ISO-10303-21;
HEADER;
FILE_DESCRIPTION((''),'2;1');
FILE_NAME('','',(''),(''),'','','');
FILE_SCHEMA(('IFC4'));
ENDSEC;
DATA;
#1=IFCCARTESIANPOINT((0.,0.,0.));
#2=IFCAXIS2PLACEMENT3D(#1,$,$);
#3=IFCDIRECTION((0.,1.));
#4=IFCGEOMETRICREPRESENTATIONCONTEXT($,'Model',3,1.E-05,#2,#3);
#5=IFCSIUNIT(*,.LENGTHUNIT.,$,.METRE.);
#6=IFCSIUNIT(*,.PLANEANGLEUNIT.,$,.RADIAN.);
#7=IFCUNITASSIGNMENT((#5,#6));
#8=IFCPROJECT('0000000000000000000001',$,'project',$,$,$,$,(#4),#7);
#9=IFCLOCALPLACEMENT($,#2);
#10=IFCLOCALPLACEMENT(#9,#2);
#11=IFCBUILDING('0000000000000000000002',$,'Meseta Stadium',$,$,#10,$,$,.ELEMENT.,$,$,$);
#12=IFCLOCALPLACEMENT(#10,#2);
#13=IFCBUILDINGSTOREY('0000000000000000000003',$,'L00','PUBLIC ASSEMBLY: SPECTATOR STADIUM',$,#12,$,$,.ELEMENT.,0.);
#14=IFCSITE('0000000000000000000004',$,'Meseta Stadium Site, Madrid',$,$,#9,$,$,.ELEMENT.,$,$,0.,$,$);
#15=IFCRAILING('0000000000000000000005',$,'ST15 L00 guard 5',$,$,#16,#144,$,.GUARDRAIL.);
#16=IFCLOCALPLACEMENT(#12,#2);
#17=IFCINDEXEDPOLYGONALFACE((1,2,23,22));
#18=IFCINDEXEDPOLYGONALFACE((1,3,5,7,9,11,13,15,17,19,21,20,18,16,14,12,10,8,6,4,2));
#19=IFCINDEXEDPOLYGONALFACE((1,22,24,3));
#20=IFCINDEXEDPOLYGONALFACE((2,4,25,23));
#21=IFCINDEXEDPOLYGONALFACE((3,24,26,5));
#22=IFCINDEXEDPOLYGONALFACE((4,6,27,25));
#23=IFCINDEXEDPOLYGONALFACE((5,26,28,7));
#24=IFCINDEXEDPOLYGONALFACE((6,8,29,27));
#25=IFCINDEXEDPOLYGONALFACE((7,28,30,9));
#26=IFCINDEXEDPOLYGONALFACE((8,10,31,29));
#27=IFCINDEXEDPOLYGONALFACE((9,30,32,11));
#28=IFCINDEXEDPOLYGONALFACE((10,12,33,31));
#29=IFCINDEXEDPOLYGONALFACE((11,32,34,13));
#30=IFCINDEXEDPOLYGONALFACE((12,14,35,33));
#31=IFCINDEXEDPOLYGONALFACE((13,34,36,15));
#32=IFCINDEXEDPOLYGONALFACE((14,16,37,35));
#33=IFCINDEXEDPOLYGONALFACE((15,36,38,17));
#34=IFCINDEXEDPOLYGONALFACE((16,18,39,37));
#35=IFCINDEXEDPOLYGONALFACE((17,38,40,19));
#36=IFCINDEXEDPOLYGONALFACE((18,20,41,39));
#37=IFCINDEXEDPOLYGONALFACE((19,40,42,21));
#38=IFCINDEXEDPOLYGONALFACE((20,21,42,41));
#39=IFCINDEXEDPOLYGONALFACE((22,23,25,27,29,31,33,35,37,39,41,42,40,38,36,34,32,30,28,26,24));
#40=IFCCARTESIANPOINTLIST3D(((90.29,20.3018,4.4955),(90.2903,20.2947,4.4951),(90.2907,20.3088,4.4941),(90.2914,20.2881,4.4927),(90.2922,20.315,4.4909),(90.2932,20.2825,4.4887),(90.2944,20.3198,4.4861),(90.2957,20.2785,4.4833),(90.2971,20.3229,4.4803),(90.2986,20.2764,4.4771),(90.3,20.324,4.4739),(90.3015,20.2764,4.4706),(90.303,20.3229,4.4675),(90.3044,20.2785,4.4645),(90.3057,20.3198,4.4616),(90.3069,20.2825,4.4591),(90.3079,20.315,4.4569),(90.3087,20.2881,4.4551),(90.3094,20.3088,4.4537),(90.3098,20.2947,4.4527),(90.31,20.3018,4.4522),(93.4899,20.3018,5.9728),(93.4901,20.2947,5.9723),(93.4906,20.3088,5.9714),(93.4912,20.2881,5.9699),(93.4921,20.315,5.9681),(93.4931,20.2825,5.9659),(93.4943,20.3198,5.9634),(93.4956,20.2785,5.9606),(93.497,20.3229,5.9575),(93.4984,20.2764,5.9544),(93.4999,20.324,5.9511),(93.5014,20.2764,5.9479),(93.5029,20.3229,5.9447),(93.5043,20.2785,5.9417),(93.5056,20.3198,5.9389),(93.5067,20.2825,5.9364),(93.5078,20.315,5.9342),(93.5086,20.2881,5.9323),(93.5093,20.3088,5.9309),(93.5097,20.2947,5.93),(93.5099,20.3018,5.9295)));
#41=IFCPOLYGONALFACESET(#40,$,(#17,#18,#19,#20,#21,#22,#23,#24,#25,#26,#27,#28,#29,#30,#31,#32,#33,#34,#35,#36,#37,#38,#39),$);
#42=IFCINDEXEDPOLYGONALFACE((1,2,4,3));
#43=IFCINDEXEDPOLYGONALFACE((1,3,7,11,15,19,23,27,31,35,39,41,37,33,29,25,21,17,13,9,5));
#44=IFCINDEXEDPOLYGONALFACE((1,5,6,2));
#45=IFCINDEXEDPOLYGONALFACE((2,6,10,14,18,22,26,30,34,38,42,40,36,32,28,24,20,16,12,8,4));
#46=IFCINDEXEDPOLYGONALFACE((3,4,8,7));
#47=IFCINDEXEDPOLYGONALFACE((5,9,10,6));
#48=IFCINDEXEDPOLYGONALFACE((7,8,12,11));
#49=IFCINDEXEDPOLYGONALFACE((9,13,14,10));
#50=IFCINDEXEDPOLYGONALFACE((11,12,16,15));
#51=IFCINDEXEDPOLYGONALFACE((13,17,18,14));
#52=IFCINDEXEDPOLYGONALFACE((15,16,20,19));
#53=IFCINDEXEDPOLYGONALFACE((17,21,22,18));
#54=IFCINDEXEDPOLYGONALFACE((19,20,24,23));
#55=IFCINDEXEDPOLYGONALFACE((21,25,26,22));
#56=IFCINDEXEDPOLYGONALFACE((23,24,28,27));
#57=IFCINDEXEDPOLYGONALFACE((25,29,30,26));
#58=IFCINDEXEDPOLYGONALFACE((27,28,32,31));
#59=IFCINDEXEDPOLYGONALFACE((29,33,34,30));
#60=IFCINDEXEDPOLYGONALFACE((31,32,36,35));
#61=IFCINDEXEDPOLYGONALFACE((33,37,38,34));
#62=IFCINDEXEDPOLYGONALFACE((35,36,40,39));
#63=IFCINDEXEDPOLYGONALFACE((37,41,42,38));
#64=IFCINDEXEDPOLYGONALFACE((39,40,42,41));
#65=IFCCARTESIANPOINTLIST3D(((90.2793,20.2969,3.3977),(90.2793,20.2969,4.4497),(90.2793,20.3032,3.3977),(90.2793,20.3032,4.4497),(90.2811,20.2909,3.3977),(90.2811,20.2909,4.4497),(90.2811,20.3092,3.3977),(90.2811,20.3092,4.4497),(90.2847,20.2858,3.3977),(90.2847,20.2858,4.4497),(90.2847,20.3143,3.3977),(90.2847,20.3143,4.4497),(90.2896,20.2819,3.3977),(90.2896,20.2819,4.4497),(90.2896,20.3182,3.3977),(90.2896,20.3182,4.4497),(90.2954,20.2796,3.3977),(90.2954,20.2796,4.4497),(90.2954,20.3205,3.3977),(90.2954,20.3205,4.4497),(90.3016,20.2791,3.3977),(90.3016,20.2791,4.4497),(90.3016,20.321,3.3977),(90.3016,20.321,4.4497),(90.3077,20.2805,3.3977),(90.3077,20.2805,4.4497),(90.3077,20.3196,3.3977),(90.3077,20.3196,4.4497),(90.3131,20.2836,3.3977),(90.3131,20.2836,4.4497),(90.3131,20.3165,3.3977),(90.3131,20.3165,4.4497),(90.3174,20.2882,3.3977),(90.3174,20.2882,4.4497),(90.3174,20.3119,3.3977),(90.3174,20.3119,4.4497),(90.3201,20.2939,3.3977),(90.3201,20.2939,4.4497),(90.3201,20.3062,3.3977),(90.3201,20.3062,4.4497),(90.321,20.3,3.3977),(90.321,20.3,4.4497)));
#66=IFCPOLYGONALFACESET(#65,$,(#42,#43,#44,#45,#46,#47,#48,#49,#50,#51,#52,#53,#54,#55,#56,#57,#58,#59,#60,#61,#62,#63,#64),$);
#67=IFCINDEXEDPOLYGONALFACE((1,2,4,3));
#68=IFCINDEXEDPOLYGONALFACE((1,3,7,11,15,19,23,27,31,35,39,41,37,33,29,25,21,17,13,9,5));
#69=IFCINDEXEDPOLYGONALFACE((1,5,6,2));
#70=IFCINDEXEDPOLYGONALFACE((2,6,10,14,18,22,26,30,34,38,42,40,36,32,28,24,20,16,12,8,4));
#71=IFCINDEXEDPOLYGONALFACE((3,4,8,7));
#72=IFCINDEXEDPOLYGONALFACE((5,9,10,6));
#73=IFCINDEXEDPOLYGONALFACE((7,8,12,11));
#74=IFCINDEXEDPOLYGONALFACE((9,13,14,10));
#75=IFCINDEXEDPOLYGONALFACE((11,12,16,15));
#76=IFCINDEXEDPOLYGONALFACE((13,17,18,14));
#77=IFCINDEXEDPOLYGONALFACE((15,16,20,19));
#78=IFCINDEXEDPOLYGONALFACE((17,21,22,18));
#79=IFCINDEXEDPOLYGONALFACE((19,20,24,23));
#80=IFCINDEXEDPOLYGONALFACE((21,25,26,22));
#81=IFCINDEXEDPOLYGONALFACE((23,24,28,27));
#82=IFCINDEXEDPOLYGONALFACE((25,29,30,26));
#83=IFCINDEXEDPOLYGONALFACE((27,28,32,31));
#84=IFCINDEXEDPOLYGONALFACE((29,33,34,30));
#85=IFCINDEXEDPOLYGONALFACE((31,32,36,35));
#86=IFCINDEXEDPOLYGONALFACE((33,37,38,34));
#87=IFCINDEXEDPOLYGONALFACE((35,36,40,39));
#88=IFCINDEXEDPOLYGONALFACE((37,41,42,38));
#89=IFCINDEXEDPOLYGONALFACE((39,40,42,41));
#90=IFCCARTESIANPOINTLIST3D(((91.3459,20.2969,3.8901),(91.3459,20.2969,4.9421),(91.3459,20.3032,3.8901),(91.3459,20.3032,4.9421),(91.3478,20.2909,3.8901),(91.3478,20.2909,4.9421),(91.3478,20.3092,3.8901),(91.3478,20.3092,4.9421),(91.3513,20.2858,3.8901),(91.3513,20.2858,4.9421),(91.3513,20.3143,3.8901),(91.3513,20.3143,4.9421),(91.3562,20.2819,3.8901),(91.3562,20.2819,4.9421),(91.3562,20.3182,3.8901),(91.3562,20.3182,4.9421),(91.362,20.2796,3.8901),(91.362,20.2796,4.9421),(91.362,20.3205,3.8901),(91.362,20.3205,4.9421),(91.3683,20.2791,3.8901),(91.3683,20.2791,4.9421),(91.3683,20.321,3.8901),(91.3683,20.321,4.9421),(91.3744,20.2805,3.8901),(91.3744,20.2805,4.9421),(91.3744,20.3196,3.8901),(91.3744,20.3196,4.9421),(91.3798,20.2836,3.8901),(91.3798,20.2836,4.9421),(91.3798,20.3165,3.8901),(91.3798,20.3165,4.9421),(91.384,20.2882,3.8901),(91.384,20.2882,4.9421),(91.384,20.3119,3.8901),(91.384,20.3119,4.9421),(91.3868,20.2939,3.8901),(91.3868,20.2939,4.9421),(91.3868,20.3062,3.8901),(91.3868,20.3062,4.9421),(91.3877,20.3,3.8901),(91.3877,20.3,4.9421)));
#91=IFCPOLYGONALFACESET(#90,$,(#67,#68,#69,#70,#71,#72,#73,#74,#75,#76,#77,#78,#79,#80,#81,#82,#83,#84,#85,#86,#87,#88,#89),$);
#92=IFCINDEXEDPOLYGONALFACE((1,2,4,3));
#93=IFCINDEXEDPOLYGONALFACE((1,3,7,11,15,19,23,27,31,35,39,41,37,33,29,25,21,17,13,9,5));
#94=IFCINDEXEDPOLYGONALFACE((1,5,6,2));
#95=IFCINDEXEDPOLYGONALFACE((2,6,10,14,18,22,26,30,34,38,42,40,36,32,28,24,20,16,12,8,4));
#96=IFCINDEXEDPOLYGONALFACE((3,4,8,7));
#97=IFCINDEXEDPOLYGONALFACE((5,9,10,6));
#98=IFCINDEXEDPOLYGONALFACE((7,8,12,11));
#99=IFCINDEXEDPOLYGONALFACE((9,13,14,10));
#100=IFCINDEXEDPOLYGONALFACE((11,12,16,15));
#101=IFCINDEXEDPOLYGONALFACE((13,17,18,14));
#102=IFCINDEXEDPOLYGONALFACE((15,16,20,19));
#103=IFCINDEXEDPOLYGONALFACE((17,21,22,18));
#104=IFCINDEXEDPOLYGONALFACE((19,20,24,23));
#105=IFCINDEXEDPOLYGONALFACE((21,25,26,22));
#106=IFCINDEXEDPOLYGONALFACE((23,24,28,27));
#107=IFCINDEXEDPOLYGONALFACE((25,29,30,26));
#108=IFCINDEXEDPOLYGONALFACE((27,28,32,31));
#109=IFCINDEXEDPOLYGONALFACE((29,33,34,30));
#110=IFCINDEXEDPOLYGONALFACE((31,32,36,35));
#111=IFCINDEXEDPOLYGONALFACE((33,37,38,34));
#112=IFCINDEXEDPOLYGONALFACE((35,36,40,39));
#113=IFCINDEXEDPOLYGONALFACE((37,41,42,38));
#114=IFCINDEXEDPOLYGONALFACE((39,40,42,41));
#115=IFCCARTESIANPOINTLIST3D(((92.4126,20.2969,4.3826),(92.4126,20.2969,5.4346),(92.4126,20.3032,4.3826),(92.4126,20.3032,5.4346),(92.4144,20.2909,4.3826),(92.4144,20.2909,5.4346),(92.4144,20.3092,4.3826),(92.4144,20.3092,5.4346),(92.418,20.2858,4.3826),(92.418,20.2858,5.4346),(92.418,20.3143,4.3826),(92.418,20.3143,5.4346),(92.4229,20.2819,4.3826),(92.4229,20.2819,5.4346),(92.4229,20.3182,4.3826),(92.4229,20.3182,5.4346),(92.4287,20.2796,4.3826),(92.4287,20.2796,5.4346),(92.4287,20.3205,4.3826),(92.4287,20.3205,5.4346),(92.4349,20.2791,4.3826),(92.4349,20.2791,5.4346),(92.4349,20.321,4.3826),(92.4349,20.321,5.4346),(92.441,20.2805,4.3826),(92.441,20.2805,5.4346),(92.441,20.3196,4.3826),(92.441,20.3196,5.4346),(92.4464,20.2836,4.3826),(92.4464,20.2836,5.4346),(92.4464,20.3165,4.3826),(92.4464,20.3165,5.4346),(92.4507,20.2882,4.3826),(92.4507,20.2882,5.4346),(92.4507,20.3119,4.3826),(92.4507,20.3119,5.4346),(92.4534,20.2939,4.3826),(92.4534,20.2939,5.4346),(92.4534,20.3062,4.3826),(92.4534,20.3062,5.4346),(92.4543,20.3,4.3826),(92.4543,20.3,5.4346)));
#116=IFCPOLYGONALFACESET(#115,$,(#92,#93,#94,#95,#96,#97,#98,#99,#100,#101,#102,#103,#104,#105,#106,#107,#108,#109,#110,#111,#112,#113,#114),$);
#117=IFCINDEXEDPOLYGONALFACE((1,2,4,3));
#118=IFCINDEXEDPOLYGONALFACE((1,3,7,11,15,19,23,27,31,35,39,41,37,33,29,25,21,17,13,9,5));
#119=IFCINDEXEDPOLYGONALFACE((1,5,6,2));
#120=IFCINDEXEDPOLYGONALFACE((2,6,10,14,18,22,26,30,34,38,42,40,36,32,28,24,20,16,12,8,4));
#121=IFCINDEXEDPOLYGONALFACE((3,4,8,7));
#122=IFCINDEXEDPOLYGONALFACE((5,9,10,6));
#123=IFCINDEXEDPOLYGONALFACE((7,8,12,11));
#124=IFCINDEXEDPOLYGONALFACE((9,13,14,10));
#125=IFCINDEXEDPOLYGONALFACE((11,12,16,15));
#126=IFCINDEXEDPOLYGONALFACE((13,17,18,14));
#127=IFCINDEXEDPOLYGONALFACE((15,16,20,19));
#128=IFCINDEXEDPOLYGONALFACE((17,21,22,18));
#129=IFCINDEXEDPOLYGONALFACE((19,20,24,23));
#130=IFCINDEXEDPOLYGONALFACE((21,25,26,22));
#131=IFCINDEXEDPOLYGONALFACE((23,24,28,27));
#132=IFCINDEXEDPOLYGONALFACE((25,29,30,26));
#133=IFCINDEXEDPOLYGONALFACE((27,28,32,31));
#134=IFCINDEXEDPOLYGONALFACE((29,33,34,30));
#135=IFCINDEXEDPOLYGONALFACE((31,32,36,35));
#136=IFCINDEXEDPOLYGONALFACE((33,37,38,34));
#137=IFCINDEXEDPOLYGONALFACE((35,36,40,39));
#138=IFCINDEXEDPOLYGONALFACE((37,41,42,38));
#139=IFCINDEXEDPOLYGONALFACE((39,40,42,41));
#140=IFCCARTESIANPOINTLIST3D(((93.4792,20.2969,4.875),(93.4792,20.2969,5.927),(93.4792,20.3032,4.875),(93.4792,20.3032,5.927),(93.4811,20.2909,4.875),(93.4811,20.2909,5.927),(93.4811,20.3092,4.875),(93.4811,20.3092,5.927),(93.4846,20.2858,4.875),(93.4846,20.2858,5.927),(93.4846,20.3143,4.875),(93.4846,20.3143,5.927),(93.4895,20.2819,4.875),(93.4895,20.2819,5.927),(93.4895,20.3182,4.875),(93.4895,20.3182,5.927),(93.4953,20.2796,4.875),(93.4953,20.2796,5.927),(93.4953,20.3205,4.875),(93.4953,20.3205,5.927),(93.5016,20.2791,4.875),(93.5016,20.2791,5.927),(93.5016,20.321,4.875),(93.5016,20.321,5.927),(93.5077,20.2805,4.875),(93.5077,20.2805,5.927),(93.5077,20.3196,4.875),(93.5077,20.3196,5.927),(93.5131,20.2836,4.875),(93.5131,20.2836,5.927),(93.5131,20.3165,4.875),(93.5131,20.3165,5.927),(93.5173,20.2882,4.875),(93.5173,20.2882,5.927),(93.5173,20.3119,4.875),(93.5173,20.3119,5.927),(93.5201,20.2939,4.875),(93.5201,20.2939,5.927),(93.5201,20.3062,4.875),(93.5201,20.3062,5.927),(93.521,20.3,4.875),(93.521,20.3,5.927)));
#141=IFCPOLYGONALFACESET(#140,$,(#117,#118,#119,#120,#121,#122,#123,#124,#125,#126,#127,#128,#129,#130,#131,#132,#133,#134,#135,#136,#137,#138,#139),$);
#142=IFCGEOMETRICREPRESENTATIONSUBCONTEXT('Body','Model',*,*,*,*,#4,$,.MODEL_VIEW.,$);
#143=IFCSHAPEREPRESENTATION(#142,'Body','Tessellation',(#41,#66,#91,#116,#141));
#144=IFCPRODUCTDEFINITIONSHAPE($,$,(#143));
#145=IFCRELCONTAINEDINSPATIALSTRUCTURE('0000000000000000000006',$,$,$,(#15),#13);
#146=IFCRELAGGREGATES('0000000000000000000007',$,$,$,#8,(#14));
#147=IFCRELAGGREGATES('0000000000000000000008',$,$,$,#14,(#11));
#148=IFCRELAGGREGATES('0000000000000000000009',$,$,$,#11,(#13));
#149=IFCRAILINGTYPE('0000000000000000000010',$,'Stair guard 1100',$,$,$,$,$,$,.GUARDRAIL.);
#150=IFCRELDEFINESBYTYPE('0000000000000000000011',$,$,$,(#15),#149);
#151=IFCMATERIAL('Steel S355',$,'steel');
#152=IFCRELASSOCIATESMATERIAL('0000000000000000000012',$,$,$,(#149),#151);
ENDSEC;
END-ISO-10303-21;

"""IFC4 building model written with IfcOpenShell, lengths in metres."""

from ifc_helpers import new_model, si_unit, direction, frame, origin, origin_2d, place, context, subcontext, project, spatial, circle, extrude, material, type_object, element, save


model = new_model("IFC4")

# Units and contexts
model_context = context("Model", 3, precision=1e-05, world=origin(), true_north=direction((0.0, 1.0)))
body_context = subcontext(model_context, "Body", "Model", "MODEL_VIEW")
ifc_project = project(units=[si_unit("LENGTHUNIT", "METRE"), si_unit("PLANEANGLEUNIT", "RADIAN")], contexts=[model_context])

# Site, building, storey
site_placement = place(None, origin())
site = spatial("IfcSite", under=ifc_project, at=site_placement, Name="Meseta Stadium Site, Madrid", CompositionType="ELEMENT", RefElevation=0.0)
building_placement = place(site_placement, origin())
building = spatial("IfcBuilding", under=site, at=building_placement, Name="Meseta Stadium", CompositionType="ELEMENT")
storey_placement = place(building_placement, origin())
storey = spatial("IfcBuildingStorey", under=building, at=storey_placement, Name="L00", Description="PUBLIC ASSEMBLY: SPECTATOR STADIUM", CompositionType="ELEMENT", Elevation=0.0)

# Railing
ifc_material_1 = material(Name="Steel S355", Category="steel")
railing_type_1 = type_object("IfcRailingType", Name="Stair guard 1100", PredefinedType="GUARDRAIL", material=ifc_material_1)
railing_1_placement = place(storey_placement, frame((90.3, 20.3, 3.3977)))
element("IfcRailing", 1, at=railing_1_placement, inside=storey, type_object=railing_type_1, Name="ST15 L00 guard 5", PredefinedType="GUARDRAIL", context=body_context, shape_type="SweptSolid", body=[
    extrude(circle(Radius=0.0239, at=origin_2d()), frame((0.0, 0.0, 1.0762), z_axis=(0.907917, 0.0, 0.41915), x_axis=(0.0, 1.0, 0.0)), (0.0, 0.0, 1.0), 3.5244),
    extrude(circle(Radius=0.021, at=origin_2d()), origin(), (0.0, 0.0, 1.0), 1.052),
    extrude(circle(Radius=0.021, at=origin_2d()), frame((1.0667, 0.0, 0.4924)), (0.0, 0.0, 1.0), 1.052),
    extrude(circle(Radius=0.021, at=origin_2d()), frame((2.1333, 0.0, 0.9849)), (0.0, 0.0, 1.0), 1.052),
    extrude(circle(Radius=0.021, at=origin_2d()), frame((3.2, 0.0, 1.4773)), (0.0, 0.0, 1.0), 1.052),
])

save(model, "model.ifc")
